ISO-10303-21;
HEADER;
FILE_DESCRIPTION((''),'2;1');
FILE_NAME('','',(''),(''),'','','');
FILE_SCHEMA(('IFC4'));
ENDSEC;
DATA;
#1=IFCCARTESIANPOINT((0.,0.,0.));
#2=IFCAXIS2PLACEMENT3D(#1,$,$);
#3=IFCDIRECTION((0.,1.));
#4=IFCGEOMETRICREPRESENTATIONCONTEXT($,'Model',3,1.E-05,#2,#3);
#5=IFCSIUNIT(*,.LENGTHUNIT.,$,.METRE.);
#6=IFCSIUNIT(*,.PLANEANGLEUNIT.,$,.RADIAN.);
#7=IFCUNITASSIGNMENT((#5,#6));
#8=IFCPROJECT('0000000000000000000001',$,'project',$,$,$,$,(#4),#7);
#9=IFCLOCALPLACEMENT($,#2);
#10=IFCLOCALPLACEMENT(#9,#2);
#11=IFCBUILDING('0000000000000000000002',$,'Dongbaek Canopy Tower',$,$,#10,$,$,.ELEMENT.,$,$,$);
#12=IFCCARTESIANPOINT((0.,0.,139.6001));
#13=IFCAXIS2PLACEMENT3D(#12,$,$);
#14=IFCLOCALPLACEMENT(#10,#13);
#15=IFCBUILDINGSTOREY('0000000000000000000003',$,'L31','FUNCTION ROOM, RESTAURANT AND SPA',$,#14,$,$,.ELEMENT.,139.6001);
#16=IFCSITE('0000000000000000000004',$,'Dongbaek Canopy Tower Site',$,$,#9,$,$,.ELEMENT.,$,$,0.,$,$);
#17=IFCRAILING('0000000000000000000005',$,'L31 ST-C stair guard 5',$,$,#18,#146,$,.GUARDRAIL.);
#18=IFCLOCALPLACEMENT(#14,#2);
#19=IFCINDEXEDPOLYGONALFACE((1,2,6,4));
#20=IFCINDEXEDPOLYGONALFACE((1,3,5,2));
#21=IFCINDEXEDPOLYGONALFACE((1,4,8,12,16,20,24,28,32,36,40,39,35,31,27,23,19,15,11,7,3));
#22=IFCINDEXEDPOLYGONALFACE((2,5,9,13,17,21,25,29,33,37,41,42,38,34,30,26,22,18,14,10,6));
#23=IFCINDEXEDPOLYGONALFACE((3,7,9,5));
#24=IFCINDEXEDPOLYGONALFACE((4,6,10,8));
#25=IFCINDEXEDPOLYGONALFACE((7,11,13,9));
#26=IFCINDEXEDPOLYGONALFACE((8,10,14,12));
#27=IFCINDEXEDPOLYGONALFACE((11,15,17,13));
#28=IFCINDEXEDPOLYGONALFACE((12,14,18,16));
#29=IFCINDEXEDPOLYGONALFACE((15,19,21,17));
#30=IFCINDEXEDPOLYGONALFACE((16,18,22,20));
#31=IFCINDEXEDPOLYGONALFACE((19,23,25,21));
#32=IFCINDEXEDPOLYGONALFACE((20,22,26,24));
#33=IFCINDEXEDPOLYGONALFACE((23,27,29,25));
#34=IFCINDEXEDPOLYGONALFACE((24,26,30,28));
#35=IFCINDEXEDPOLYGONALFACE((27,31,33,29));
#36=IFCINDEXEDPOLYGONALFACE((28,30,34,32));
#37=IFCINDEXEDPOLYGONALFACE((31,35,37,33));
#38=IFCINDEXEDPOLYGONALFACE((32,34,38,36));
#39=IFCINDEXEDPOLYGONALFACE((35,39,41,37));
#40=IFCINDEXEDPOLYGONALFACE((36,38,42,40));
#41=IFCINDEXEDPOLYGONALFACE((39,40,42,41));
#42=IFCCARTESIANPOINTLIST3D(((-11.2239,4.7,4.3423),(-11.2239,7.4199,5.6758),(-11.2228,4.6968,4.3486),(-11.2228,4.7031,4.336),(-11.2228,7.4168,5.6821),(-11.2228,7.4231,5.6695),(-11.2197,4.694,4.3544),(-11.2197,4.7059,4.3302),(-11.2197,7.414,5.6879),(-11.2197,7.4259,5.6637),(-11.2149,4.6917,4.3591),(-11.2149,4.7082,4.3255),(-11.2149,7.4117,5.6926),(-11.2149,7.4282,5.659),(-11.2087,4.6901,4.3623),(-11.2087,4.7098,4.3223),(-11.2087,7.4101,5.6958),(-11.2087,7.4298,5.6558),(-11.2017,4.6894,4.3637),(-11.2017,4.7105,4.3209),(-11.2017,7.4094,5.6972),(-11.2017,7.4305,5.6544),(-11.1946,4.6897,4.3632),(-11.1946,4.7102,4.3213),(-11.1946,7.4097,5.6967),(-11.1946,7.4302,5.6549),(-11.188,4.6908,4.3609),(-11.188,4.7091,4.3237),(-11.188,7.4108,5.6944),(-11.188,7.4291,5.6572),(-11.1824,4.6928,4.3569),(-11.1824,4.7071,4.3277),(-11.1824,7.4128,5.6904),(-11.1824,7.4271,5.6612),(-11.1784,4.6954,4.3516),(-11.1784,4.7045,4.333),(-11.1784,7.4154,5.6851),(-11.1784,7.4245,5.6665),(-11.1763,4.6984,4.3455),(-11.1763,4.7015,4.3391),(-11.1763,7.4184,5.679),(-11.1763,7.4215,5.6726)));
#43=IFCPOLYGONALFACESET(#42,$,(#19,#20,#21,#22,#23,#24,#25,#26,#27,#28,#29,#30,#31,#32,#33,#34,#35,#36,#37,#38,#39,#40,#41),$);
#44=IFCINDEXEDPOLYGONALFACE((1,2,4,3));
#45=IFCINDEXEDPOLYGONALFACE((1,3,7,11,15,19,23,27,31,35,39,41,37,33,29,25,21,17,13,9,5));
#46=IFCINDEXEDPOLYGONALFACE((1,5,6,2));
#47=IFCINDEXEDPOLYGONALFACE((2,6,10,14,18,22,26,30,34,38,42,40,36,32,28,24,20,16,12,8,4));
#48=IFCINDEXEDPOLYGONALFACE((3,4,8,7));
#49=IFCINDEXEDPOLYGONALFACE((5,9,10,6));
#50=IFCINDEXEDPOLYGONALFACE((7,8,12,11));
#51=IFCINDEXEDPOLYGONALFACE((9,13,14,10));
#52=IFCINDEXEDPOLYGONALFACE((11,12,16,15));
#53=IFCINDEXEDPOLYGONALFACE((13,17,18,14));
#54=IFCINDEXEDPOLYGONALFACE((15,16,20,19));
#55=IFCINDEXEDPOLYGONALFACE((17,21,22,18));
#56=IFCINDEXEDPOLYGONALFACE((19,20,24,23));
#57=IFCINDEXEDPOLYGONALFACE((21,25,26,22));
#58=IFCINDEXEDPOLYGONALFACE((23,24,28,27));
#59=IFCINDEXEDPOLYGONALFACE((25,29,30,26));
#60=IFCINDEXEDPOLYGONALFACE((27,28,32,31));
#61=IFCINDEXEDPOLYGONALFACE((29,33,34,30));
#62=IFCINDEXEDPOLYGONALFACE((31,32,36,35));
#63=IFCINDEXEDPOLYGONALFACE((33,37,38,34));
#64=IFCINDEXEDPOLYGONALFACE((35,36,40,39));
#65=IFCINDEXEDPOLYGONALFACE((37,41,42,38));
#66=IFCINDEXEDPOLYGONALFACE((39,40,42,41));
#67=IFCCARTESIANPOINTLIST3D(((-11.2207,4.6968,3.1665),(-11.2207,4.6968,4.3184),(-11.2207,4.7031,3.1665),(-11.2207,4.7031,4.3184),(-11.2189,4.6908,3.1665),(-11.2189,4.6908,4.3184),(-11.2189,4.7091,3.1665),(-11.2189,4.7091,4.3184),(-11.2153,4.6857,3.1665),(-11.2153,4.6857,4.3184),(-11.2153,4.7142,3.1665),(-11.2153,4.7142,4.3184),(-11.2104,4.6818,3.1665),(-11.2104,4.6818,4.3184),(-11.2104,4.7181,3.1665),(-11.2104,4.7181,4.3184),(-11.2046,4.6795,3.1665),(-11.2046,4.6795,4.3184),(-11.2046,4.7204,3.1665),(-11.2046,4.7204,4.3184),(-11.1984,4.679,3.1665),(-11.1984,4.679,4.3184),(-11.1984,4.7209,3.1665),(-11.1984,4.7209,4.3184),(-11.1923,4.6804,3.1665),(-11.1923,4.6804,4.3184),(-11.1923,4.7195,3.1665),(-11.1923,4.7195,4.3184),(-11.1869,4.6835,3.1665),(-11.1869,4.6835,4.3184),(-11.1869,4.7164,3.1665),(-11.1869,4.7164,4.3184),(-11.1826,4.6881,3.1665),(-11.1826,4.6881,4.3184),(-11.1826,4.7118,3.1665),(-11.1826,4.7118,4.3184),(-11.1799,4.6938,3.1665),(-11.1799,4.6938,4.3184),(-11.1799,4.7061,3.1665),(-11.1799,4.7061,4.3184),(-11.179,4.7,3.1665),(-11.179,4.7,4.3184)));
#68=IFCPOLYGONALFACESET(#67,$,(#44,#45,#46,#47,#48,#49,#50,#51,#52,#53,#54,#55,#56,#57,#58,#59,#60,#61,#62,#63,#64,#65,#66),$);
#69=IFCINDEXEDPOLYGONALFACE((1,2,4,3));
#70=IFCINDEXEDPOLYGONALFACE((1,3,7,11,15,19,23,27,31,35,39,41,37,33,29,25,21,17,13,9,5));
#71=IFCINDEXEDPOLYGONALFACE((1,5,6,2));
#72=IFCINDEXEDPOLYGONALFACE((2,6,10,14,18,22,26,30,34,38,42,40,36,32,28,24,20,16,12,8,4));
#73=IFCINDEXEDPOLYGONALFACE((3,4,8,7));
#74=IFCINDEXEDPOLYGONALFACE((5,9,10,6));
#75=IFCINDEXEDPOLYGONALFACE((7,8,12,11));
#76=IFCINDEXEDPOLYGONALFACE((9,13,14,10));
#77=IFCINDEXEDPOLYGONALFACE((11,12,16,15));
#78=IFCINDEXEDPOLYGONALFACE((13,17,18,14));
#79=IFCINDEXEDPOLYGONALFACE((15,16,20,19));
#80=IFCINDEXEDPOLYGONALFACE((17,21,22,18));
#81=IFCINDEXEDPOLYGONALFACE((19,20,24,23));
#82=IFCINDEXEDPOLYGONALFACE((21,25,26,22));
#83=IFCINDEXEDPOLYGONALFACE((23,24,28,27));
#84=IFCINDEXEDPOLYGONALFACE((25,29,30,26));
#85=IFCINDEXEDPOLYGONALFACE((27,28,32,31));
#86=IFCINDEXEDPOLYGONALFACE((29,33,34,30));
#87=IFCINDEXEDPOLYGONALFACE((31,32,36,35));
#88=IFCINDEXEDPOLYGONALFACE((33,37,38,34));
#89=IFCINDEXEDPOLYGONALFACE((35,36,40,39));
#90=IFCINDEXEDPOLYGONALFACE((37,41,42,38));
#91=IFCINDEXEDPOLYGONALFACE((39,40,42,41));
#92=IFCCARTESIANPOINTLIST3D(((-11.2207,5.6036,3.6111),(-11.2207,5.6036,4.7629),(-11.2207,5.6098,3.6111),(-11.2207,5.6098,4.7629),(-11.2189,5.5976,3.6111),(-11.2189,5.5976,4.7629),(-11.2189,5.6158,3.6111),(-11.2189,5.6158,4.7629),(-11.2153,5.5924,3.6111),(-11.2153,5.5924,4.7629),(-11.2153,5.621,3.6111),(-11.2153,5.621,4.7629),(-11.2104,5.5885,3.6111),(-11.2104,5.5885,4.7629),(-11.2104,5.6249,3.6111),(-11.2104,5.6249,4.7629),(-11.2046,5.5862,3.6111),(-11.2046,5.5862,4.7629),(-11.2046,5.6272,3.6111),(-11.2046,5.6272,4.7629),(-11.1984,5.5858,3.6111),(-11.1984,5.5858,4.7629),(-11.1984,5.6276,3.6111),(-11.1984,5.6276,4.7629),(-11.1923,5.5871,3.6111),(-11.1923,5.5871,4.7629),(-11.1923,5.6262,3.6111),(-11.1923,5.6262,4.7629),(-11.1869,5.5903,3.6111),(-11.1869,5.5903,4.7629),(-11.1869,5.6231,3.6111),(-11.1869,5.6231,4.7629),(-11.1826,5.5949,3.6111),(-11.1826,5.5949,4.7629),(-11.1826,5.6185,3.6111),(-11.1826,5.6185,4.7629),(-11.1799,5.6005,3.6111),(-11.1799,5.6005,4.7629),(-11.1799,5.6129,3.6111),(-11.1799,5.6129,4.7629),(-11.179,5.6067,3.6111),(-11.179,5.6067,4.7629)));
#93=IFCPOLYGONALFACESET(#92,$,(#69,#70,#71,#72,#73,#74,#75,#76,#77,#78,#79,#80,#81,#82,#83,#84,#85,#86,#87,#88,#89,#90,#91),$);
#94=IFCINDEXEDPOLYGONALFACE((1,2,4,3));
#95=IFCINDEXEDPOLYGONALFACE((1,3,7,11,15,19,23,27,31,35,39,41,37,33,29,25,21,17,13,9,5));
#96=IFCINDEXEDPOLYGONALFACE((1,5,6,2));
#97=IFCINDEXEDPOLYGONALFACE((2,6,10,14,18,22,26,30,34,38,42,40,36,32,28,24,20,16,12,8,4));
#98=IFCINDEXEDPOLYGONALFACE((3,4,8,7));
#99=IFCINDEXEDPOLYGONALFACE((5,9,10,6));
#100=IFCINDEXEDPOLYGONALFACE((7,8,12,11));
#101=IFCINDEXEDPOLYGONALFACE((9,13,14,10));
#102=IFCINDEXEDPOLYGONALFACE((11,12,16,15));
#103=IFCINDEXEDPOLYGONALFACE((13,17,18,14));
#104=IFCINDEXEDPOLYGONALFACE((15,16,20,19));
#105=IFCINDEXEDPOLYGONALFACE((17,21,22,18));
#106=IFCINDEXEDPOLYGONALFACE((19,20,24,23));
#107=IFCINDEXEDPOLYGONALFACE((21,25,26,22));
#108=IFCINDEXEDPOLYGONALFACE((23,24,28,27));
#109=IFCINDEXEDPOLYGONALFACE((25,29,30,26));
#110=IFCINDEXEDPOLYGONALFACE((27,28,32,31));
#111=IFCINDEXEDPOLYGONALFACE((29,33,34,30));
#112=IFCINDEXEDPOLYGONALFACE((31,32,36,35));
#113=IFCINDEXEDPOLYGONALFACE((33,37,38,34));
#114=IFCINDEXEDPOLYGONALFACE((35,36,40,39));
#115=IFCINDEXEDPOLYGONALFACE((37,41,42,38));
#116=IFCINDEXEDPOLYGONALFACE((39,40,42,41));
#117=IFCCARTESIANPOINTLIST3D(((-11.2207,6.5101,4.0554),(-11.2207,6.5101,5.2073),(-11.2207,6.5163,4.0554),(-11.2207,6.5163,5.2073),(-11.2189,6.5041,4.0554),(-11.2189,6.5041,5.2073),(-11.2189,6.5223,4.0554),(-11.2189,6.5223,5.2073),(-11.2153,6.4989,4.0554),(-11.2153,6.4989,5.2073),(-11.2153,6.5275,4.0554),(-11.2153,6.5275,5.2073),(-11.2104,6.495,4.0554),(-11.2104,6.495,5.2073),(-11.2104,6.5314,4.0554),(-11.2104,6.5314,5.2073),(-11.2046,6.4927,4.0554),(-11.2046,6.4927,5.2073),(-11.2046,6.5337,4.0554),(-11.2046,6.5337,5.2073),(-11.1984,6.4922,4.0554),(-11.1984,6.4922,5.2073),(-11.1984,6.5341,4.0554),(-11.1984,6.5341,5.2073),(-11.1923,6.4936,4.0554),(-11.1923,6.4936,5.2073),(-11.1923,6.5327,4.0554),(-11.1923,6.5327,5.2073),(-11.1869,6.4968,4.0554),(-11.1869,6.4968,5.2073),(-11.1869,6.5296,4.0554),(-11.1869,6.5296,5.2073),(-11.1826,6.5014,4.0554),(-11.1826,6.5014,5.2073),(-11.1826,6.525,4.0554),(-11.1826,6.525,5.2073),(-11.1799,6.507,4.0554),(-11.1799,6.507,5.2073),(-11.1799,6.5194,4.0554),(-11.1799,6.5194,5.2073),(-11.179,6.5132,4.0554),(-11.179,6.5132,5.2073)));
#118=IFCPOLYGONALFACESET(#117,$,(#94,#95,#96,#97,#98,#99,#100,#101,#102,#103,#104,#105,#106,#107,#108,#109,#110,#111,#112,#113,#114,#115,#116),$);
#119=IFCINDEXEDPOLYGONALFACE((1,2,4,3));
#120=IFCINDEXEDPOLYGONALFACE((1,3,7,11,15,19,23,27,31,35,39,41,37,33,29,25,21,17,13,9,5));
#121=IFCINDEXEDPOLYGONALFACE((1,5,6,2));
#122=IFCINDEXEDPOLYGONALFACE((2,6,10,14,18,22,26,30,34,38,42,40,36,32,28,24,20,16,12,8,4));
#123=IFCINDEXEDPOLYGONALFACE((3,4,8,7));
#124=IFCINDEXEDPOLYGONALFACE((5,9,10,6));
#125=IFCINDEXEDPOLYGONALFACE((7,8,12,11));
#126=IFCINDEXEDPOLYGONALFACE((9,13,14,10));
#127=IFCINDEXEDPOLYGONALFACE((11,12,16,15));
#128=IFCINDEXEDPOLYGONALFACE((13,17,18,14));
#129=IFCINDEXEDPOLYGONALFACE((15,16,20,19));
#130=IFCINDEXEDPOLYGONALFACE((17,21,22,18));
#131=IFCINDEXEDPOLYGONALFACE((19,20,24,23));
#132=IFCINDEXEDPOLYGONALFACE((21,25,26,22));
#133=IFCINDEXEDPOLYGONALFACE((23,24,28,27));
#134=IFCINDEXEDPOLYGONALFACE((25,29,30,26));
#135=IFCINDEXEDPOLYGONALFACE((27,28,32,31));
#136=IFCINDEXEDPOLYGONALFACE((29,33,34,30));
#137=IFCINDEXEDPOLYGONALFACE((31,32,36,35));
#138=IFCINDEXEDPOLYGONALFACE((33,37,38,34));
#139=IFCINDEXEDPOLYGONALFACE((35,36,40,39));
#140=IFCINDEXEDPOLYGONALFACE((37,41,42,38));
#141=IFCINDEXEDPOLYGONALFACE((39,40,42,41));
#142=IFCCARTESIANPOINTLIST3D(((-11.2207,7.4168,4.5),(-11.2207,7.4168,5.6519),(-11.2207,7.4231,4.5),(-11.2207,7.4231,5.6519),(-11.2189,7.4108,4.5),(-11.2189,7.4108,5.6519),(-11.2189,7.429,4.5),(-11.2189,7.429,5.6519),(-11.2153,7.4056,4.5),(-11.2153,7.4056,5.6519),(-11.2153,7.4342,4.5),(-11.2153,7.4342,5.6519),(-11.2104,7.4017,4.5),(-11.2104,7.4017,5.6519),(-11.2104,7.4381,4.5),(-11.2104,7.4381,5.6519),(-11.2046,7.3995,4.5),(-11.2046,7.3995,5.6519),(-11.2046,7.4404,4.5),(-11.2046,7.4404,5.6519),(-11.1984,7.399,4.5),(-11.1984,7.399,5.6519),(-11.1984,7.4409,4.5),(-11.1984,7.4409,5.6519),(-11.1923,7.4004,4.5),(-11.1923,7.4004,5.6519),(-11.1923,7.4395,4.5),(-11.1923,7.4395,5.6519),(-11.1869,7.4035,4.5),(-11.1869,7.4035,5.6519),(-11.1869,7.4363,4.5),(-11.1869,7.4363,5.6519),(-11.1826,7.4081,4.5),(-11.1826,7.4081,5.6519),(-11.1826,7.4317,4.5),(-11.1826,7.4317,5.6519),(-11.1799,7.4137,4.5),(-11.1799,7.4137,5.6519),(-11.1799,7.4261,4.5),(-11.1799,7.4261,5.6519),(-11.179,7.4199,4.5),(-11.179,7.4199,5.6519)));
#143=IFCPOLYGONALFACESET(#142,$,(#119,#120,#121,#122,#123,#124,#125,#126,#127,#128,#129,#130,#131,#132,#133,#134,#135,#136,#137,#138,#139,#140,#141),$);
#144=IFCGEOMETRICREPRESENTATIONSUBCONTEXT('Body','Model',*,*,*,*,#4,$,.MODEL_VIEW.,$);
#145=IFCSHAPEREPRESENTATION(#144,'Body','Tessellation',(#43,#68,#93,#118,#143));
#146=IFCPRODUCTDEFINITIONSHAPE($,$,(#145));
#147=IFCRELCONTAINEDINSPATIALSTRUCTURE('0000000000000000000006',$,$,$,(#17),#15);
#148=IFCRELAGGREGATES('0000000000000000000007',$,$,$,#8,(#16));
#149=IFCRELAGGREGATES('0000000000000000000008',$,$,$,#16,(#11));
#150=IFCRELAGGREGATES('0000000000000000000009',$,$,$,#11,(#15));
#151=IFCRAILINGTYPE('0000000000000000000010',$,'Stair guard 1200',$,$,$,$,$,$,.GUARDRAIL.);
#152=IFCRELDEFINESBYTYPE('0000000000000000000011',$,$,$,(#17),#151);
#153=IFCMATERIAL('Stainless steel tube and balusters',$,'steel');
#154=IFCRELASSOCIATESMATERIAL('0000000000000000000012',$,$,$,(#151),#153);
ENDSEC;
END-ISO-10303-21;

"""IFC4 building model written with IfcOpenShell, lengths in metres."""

from ifc_helpers import new_model, si_unit, direction, frame, origin, origin_2d, place, context, subcontext, project, spatial, circle, extrude, material, type_object, element, save


model = new_model("IFC4")

# Units and contexts
model_context = context("Model", 3, precision=1e-05, world=origin(), true_north=direction((0.0, 1.0)))
body_context = subcontext(model_context, "Body", "Model", "MODEL_VIEW")
ifc_project = project(units=[si_unit("LENGTHUNIT", "METRE"), si_unit("PLANEANGLEUNIT", "RADIAN")], contexts=[model_context])

# Site, building, storey
site_placement = place(None, origin())
site = spatial("IfcSite", under=ifc_project, at=site_placement, Name="Dongbaek Canopy Tower Site", CompositionType="ELEMENT", RefElevation=0.0)
building_placement = place(site_placement, origin())
building = spatial("IfcBuilding", under=site, at=building_placement, Name="Dongbaek Canopy Tower", CompositionType="ELEMENT")
storey_placement = place(building_placement, frame((0.0, 0.0, 139.6001)))
storey = spatial("IfcBuildingStorey", under=building, at=storey_placement, Name="L31", Description="FUNCTION ROOM, RESTAURANT AND SPA", CompositionType="ELEMENT", Elevation=139.6001)

# Railing
ifc_material_1 = material(Name="Stainless steel tube and balusters", Category="steel")
railing_type_1 = type_object("IfcRailingType", Name="Stair guard 1200", PredefinedType="GUARDRAIL", material=ifc_material_1)
railing_1_placement = place(storey_placement, frame((-11.2, 4.7, 3.1665)))
element("IfcRailing", 1, at=railing_1_placement, inside=storey, type_object=railing_type_1, Name="L31 ST-C stair guard 5", PredefinedType="GUARDRAIL", context=body_context, shape_type="SweptSolid", body=[
    extrude(circle(Radius=0.0239, at=origin_2d()), frame((0.0, 0.0, 1.1758), z_axis=(0.0, 0.897898, 0.440204), x_axis=(-1.0, 0.0, 0.0)), (0.0, 0.0, 1.0), 3.0293),
    extrude(circle(Radius=0.021, at=origin_2d()), origin(), (0.0, 0.0, 1.0), 1.1519),
    extrude(circle(Radius=0.021, at=origin_2d()), frame((0.0, 0.9067, 0.4446)), (0.0, 0.0, 1.0), 1.1519),
    extrude(circle(Radius=0.021, at=origin_2d()), frame((0.0, 1.8132, 0.8889)), (0.0, 0.0, 1.0), 1.1519),
    extrude(circle(Radius=0.021, at=origin_2d()), frame((0.0, 2.72, 1.3335)), (0.0, 0.0, 1.0), 1.1519),
])

save(model, "model.ifc")
